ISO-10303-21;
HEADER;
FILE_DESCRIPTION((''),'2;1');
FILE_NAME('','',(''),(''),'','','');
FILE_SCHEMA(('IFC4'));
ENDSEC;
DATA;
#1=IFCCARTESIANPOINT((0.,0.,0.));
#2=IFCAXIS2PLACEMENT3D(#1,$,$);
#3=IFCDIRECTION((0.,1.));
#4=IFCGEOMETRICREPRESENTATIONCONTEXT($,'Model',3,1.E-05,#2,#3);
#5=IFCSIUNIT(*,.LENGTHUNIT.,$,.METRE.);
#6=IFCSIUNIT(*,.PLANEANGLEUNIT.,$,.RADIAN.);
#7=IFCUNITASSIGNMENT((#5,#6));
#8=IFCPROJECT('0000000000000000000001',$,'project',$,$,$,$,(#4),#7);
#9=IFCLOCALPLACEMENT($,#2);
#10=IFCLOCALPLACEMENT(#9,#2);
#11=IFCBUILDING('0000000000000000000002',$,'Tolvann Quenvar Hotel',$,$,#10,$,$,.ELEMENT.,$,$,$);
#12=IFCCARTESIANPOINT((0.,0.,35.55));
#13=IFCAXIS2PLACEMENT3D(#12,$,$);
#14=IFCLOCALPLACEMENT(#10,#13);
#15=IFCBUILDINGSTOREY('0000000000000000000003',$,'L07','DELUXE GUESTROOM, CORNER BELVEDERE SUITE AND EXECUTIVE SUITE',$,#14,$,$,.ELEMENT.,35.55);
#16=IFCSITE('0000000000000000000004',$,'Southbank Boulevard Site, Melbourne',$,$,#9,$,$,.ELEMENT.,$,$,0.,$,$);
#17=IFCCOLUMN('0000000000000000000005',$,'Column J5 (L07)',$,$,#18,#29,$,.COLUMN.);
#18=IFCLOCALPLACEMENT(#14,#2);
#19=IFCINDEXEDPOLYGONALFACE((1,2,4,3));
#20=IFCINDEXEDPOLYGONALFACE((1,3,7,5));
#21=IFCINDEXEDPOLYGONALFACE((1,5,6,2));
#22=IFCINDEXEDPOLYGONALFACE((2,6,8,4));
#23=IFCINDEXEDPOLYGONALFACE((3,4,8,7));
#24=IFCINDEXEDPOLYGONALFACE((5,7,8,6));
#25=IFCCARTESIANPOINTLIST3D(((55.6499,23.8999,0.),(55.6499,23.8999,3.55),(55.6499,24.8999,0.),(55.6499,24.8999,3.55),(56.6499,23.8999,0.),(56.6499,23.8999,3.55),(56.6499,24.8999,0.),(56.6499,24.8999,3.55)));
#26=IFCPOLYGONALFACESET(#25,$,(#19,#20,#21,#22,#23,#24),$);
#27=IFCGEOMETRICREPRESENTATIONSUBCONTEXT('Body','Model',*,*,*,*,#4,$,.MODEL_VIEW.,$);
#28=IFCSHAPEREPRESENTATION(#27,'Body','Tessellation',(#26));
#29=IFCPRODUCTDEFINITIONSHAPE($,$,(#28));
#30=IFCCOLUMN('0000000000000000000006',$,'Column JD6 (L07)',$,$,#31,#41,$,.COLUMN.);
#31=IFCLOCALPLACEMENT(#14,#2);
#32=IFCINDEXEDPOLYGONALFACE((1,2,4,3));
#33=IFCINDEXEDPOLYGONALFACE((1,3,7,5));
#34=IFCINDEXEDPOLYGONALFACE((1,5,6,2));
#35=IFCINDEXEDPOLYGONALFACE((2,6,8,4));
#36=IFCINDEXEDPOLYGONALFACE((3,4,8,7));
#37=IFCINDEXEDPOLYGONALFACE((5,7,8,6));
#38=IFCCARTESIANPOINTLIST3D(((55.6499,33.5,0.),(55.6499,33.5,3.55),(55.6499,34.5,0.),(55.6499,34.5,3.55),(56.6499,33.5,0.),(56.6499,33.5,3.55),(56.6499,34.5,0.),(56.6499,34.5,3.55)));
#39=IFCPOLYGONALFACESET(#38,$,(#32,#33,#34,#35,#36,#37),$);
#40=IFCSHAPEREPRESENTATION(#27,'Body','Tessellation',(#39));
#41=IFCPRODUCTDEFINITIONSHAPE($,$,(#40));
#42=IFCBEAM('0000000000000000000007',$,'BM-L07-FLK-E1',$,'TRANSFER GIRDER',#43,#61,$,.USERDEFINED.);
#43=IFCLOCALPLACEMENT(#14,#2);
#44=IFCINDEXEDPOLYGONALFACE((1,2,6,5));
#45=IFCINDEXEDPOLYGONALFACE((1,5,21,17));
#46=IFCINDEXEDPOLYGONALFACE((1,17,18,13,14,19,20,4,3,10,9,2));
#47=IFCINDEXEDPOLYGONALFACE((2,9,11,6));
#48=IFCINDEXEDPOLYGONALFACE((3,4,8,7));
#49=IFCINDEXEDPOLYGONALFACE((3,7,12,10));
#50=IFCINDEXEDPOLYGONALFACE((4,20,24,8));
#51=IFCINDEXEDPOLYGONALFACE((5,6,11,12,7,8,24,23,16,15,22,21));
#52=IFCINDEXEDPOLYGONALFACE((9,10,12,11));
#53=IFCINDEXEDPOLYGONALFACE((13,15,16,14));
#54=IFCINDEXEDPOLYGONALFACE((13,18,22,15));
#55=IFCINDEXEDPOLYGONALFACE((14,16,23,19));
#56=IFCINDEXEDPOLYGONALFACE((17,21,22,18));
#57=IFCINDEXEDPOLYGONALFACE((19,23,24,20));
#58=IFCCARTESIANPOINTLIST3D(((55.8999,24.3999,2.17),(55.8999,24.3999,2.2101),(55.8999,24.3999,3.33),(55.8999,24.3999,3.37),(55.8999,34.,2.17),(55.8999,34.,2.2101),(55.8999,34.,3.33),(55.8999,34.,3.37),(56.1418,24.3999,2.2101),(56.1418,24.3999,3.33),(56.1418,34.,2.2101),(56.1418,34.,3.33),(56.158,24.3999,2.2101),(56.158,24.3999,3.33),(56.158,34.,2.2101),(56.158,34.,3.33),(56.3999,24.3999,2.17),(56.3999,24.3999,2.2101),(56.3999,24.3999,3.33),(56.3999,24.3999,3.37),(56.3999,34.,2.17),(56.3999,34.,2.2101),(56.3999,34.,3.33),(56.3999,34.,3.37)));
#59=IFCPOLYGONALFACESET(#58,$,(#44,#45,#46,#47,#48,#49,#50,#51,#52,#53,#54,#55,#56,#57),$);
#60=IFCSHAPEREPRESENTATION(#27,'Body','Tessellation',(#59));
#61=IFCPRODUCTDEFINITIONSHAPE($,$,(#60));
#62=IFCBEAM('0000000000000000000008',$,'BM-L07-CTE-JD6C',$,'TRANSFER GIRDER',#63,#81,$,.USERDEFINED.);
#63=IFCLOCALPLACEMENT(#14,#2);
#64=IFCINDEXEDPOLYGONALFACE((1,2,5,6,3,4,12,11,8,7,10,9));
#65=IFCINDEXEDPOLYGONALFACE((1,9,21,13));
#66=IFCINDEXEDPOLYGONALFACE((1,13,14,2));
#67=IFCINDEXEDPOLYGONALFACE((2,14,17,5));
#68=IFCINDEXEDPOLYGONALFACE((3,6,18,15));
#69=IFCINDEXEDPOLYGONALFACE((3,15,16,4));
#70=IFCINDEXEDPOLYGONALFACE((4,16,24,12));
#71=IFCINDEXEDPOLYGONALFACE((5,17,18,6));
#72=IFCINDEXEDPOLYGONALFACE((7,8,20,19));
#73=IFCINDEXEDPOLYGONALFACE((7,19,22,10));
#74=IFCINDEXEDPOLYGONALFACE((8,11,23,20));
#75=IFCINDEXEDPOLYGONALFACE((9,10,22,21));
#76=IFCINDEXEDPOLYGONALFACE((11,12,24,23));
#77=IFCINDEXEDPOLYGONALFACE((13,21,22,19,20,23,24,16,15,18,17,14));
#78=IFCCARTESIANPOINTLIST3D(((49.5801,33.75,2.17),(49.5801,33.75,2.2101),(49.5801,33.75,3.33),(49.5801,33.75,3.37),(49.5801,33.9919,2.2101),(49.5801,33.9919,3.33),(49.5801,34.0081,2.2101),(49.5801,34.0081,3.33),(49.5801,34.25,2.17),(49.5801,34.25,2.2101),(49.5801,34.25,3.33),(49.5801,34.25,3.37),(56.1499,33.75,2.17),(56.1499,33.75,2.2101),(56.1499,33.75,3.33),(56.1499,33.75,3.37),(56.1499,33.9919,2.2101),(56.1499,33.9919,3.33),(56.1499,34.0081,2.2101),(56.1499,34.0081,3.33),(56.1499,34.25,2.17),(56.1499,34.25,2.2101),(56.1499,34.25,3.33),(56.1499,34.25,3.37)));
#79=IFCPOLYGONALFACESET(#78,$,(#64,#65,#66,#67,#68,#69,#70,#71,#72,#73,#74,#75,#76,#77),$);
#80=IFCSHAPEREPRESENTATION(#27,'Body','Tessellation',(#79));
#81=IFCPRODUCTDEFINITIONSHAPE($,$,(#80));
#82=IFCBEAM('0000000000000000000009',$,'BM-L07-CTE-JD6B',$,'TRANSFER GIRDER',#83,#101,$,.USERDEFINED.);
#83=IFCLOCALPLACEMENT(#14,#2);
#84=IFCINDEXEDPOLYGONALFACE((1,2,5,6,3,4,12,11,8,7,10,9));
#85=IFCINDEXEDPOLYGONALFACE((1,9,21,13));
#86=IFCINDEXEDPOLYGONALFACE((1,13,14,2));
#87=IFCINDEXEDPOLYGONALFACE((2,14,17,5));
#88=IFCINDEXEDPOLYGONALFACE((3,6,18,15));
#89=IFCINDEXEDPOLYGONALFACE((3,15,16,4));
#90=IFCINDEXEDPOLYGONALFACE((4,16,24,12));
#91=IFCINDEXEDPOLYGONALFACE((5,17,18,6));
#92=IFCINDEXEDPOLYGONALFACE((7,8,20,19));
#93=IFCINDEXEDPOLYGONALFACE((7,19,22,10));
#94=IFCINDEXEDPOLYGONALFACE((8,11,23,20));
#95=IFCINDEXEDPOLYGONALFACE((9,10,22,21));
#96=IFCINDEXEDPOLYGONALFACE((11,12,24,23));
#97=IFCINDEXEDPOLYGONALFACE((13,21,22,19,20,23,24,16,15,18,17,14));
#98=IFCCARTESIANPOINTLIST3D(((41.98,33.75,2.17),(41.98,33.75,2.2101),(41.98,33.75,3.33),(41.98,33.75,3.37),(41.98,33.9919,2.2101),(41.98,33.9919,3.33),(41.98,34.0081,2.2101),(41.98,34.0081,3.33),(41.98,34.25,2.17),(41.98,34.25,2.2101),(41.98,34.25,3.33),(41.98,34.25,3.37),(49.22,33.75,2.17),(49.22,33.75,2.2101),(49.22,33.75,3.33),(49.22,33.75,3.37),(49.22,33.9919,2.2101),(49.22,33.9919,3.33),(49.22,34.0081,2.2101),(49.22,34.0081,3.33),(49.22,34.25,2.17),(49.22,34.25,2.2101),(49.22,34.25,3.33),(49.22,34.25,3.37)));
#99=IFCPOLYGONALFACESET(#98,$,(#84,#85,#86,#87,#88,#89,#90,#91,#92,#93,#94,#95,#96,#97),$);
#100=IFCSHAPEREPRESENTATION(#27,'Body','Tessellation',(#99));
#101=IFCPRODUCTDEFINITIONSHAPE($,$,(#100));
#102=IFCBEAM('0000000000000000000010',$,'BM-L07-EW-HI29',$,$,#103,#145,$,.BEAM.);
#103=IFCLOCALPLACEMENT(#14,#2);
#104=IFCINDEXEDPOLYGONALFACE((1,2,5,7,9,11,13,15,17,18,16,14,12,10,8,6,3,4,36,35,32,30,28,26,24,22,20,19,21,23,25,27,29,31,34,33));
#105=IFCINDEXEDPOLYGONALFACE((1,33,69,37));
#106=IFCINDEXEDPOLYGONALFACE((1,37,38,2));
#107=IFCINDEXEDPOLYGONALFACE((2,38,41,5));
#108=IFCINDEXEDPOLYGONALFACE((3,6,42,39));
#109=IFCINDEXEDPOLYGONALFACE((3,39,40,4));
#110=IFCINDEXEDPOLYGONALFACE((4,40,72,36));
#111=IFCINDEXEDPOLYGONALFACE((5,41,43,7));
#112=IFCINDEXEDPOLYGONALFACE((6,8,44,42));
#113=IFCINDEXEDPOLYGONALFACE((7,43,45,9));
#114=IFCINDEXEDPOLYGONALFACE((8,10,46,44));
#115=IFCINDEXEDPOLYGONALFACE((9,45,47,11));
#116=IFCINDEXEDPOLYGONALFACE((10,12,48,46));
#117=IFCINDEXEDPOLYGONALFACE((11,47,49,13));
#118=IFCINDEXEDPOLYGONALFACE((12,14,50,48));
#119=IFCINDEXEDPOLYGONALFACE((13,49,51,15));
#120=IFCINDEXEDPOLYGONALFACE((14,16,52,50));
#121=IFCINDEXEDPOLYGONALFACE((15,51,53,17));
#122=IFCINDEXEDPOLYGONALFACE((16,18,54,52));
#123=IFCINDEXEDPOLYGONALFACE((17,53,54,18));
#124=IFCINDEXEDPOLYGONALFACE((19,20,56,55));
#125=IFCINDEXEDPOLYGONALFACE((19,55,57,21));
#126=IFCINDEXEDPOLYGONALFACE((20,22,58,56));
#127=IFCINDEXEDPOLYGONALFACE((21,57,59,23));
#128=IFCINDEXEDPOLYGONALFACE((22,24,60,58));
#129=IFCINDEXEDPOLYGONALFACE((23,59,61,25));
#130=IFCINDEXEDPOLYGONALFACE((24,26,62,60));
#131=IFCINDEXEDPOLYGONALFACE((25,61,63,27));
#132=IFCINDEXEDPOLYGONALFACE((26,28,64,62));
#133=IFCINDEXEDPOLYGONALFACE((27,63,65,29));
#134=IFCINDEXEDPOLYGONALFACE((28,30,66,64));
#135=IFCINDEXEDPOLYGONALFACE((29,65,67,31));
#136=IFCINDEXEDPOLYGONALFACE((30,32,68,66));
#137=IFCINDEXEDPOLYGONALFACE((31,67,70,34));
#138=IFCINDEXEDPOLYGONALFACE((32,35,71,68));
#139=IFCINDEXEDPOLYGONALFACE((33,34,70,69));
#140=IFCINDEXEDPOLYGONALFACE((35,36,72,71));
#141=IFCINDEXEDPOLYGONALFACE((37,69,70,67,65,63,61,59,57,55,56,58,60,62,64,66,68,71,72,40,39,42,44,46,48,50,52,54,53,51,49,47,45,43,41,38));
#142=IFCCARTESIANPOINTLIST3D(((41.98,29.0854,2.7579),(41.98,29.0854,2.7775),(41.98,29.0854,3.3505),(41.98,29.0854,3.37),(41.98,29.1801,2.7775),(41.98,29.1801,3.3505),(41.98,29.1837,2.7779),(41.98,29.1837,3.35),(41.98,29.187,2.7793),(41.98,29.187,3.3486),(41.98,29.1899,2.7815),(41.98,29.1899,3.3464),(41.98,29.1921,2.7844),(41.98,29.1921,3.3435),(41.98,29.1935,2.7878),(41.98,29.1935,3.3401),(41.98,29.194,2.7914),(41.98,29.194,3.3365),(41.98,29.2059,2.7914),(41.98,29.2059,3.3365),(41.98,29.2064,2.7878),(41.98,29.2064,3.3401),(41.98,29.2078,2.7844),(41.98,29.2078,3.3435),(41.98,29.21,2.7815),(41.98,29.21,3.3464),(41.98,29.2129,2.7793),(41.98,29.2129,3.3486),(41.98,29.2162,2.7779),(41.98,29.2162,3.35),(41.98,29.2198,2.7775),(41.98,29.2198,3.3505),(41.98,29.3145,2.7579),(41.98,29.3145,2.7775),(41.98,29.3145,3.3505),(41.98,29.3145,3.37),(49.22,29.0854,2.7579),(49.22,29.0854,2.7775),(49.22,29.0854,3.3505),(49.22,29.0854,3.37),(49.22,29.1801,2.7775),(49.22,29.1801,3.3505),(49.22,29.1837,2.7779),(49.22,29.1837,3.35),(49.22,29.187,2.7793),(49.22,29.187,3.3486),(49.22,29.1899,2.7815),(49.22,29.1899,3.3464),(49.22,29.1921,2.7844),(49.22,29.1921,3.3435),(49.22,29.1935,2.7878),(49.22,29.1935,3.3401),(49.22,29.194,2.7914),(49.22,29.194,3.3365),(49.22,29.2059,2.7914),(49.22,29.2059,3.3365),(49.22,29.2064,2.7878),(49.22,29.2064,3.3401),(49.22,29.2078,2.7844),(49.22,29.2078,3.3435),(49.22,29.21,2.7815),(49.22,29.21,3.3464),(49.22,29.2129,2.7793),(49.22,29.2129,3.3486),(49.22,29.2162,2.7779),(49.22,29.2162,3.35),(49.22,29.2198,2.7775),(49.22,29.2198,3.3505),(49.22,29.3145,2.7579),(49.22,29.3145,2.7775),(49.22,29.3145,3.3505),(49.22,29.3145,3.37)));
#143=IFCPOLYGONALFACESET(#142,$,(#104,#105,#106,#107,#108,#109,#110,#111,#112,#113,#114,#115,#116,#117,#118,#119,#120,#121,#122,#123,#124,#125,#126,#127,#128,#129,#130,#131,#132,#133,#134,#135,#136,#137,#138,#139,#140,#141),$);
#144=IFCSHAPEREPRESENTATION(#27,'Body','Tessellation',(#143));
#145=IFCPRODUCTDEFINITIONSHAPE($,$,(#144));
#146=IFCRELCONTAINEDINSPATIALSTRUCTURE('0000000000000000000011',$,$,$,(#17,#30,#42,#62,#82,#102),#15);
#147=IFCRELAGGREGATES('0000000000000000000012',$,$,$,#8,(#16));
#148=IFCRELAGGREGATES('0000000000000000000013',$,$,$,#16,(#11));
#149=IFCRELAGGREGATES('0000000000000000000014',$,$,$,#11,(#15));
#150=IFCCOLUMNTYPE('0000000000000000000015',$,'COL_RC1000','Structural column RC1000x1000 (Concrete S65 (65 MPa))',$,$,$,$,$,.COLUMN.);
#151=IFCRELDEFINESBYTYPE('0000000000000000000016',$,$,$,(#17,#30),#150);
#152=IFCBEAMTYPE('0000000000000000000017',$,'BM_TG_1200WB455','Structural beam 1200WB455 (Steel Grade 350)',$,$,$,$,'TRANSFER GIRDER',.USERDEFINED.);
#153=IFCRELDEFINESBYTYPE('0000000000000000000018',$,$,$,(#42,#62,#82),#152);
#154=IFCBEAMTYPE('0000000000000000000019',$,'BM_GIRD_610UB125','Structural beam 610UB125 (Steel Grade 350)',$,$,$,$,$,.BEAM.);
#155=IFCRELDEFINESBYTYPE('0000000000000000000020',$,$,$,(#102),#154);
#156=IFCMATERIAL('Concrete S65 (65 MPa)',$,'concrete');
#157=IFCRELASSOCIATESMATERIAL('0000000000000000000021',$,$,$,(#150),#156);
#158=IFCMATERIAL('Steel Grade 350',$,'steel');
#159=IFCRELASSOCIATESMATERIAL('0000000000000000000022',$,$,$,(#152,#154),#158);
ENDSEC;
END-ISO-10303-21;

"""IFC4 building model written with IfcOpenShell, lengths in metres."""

from ifc_helpers import new_model, si_unit, direction, frame, origin, origin_2d, place, context, subcontext, project, spatial, rectangle, i_section, extrude, source, transform, mapped, material, material_profile, profile_set, type_object, type_shapes, element, save


model = new_model("IFC4")

# Units and contexts
model_context = context("Model", 3, precision=1e-05, world=origin(), true_north=direction((0.0, 1.0)))
body_context = subcontext(model_context, "Body", "Model", "MODEL_VIEW")
ifc_project = project(units=[si_unit("LENGTHUNIT", "METRE"), si_unit("PLANEANGLEUNIT", "RADIAN")], contexts=[model_context])

# Site, building, storey
site_placement = place(None, origin())
site = spatial("IfcSite", under=ifc_project, at=site_placement, Name="Southbank Boulevard Site, Melbourne", CompositionType="ELEMENT", RefElevation=0.0)
building_placement = place(site_placement, origin())
building = spatial("IfcBuilding", under=site, at=building_placement, Name="Tolvann Quenvar Hotel", CompositionType="ELEMENT")
storey_placement = place(building_placement, frame((0.0, 0.0, 35.55)))
storey = spatial("IfcBuildingStorey", under=building, at=storey_placement, Name="L07", Description="DELUXE GUESTROOM, CORNER BELVEDERE SUITE AND EXECUTIVE SUITE", CompositionType="ELEMENT", Elevation=35.55)

# Columns
ifc_material_1 = material(Name="Concrete S65 (65 MPa)", Category="concrete")
ifc_material_profile_1 = material_profile(ifc_material_1, rectangle(XDim=1.0, YDim=1.0, at=origin_2d()), Name="RC1000x1000")
ifc_profile_set_1 = profile_set([ifc_material_profile_1], Name="Concrete S65 (65 MPa)")
column_type = type_object("IfcColumnType", Name="COL_RC1000", Description="Structural column RC1000x1000 (Concrete S65 (65 MPa))", PredefinedType="COLUMN", material=ifc_profile_set_1)
shared_shape_1 = source(origin(), body_context, "Body", "SweptSolid", [
    extrude(rectangle(XDim=1.0, YDim=1.0, at=origin_2d()), origin(), (0.0, 0.0, 1.0), 3.55),
])
type_shapes(column_type, [shared_shape_1])
for number, where, z_axis, x_axis, name in (
    (1, (56.1499, 24.3999, 0.0), (0.0, 0.0, 1.0), (1.0, 0.0, 0.0), "Column J5 (L07)"),
    (2, (56.1499, 34.0, 0.0), (0.0, 0.0, 1.0), (1.0, 0.0, 0.0), "Column JD6 (L07)"),
):
    element("IfcColumn", number, at=place(storey_placement, frame(where, z_axis=z_axis, x_axis=x_axis)), inside=storey, type_object=column_type, Name=name, PredefinedType="COLUMN", context=body_context, shape_type="MappedRepresentation", body=[
        mapped(shared_shape_1, transform((0.0, 0.0, 0.0), x_axis=(1.0, 0.0, 0.0), y_axis=(0.0, 1.0, 0.0), z_axis=(0.0, 0.0, 1.0), scale=1.0)),
    ])

# Beams
ifc_material_2 = material(Name="Steel Grade 350", Category="steel")
ifc_material_profile_2 = material_profile(ifc_material_2, i_section(OverallWidth=0.5, OverallDepth=1.2, WebThickness=0.0161, FlangeThickness=0.04, at=origin_2d()), Name="1200WB455")
ifc_profile_set_2 = profile_set([ifc_material_profile_2], Name="Steel Grade 350")
beam_type_1 = type_object("IfcBeamType", Name="BM_TG_1200WB455", Description="Structural beam 1200WB455 (Steel Grade 350)", ElementType="TRANSFER GIRDER", PredefinedType="USERDEFINED", material=ifc_profile_set_2)
shared_shape_2 = source(origin(), body_context, "Body", "SweptSolid", [
    extrude(i_section(OverallWidth=0.5, OverallDepth=1.2, WebThickness=0.0161, FlangeThickness=0.04, at=origin_2d()), origin(), (0.0, 0.0, 1.0), 9.6001),
])
beam_1_placement = place(storey_placement, frame((56.1499, 24.3999, 2.77), z_axis=(0.0, 1.0, 0.0), x_axis=(-1.0, 0.0, 0.0)))
element("IfcBeam", 3, at=beam_1_placement, inside=storey, type_object=beam_type_1, Name="BM-L07-FLK-E1", ObjectType="TRANSFER GIRDER", PredefinedType="USERDEFINED", context=body_context, shape_type="MappedRepresentation", body=[
    mapped(shared_shape_2, transform((0.0, 0.0, 0.0), x_axis=(1.0, 0.0, 0.0), y_axis=(0.0, 1.0, 0.0), z_axis=(0.0, 0.0, 1.0), scale=1.0)),
])
shared_shape_3 = source(origin(), body_context, "Body", "SweptSolid", [
    extrude(i_section(OverallWidth=0.5, OverallDepth=1.2, WebThickness=0.0161, FlangeThickness=0.04, at=origin_2d()), origin(), (0.0, 0.0, 1.0), 6.5698),
])
beam_2_placement = place(storey_placement, frame((49.5801, 34.0, 2.77), z_axis=(1.0, 0.0, 0.0), x_axis=(0.0, 1.0, 0.0)))
element("IfcBeam", 4, at=beam_2_placement, inside=storey, type_object=beam_type_1, Name="BM-L07-CTE-JD6C", ObjectType="TRANSFER GIRDER", PredefinedType="USERDEFINED", context=body_context, shape_type="MappedRepresentation", body=[
    mapped(shared_shape_3, transform((0.0, 0.0, 0.0), x_axis=(1.0, 0.0, 0.0), y_axis=(0.0, 1.0, 0.0), z_axis=(0.0, 0.0, 1.0), scale=1.0)),
])
shared_shape_4 = source(origin(), body_context, "Body", "SweptSolid", [
    extrude(i_section(OverallWidth=0.5, OverallDepth=1.2, WebThickness=0.0161, FlangeThickness=0.04, at=origin_2d()), origin(), (0.0, 0.0, 1.0), 7.24),
])
type_shapes(beam_type_1, [shared_shape_2, shared_shape_3, shared_shape_4])
beam_3_placement = place(storey_placement, frame((41.98, 34.0, 2.77), z_axis=(1.0, 0.0, 0.0), x_axis=(0.0, 1.0, 0.0)))
element("IfcBeam", 5, at=beam_3_placement, inside=storey, type_object=beam_type_1, Name="BM-L07-CTE-JD6B", ObjectType="TRANSFER GIRDER", PredefinedType="USERDEFINED", context=body_context, shape_type="MappedRepresentation", body=[
    mapped(shared_shape_4, transform((0.0, 0.0, 0.0), x_axis=(1.0, 0.0, 0.0), y_axis=(0.0, 1.0, 0.0), z_axis=(0.0, 0.0, 1.0), scale=1.0)),
])
ifc_material_profile_3 = material_profile(ifc_material_2, i_section(OverallWidth=0.229, OverallDepth=0.6121, WebThickness=0.012, FlangeThickness=0.0195, FilletRadius=0.0139, at=origin_2d()), Name="610UB125")
ifc_profile_set_3 = profile_set([ifc_material_profile_3], Name="Steel Grade 350")
beam_type_2 = type_object("IfcBeamType", Name="BM_GIRD_610UB125", Description="Structural beam 610UB125 (Steel Grade 350)", PredefinedType="BEAM", material=ifc_profile_set_3)
shared_shape_5 = source(origin(), body_context, "Body", "SweptSolid", [
    extrude(i_section(OverallWidth=0.229, OverallDepth=0.6121, WebThickness=0.012, FlangeThickness=0.0195, FilletRadius=0.0139, at=origin_2d()), origin(), (0.0, 0.0, 1.0), 7.24),
])
beam_4_placement = place(storey_placement, frame((41.98, 29.2, 3.064), z_axis=(1.0, 0.0, 0.0), x_axis=(0.0, 1.0, 0.0)))
element("IfcBeam", 6, at=beam_4_placement, inside=storey, type_object=beam_type_2, Name="BM-L07-EW-HI29", PredefinedType="BEAM", context=body_context, shape_type="MappedRepresentation", body=[
    mapped(shared_shape_5, transform((0.0, 0.0, 0.0), x_axis=(1.0, 0.0, 0.0), y_axis=(0.0, 1.0, 0.0), z_axis=(0.0, 0.0, 1.0), scale=1.0)),
])

save(model, "model.ifc")
